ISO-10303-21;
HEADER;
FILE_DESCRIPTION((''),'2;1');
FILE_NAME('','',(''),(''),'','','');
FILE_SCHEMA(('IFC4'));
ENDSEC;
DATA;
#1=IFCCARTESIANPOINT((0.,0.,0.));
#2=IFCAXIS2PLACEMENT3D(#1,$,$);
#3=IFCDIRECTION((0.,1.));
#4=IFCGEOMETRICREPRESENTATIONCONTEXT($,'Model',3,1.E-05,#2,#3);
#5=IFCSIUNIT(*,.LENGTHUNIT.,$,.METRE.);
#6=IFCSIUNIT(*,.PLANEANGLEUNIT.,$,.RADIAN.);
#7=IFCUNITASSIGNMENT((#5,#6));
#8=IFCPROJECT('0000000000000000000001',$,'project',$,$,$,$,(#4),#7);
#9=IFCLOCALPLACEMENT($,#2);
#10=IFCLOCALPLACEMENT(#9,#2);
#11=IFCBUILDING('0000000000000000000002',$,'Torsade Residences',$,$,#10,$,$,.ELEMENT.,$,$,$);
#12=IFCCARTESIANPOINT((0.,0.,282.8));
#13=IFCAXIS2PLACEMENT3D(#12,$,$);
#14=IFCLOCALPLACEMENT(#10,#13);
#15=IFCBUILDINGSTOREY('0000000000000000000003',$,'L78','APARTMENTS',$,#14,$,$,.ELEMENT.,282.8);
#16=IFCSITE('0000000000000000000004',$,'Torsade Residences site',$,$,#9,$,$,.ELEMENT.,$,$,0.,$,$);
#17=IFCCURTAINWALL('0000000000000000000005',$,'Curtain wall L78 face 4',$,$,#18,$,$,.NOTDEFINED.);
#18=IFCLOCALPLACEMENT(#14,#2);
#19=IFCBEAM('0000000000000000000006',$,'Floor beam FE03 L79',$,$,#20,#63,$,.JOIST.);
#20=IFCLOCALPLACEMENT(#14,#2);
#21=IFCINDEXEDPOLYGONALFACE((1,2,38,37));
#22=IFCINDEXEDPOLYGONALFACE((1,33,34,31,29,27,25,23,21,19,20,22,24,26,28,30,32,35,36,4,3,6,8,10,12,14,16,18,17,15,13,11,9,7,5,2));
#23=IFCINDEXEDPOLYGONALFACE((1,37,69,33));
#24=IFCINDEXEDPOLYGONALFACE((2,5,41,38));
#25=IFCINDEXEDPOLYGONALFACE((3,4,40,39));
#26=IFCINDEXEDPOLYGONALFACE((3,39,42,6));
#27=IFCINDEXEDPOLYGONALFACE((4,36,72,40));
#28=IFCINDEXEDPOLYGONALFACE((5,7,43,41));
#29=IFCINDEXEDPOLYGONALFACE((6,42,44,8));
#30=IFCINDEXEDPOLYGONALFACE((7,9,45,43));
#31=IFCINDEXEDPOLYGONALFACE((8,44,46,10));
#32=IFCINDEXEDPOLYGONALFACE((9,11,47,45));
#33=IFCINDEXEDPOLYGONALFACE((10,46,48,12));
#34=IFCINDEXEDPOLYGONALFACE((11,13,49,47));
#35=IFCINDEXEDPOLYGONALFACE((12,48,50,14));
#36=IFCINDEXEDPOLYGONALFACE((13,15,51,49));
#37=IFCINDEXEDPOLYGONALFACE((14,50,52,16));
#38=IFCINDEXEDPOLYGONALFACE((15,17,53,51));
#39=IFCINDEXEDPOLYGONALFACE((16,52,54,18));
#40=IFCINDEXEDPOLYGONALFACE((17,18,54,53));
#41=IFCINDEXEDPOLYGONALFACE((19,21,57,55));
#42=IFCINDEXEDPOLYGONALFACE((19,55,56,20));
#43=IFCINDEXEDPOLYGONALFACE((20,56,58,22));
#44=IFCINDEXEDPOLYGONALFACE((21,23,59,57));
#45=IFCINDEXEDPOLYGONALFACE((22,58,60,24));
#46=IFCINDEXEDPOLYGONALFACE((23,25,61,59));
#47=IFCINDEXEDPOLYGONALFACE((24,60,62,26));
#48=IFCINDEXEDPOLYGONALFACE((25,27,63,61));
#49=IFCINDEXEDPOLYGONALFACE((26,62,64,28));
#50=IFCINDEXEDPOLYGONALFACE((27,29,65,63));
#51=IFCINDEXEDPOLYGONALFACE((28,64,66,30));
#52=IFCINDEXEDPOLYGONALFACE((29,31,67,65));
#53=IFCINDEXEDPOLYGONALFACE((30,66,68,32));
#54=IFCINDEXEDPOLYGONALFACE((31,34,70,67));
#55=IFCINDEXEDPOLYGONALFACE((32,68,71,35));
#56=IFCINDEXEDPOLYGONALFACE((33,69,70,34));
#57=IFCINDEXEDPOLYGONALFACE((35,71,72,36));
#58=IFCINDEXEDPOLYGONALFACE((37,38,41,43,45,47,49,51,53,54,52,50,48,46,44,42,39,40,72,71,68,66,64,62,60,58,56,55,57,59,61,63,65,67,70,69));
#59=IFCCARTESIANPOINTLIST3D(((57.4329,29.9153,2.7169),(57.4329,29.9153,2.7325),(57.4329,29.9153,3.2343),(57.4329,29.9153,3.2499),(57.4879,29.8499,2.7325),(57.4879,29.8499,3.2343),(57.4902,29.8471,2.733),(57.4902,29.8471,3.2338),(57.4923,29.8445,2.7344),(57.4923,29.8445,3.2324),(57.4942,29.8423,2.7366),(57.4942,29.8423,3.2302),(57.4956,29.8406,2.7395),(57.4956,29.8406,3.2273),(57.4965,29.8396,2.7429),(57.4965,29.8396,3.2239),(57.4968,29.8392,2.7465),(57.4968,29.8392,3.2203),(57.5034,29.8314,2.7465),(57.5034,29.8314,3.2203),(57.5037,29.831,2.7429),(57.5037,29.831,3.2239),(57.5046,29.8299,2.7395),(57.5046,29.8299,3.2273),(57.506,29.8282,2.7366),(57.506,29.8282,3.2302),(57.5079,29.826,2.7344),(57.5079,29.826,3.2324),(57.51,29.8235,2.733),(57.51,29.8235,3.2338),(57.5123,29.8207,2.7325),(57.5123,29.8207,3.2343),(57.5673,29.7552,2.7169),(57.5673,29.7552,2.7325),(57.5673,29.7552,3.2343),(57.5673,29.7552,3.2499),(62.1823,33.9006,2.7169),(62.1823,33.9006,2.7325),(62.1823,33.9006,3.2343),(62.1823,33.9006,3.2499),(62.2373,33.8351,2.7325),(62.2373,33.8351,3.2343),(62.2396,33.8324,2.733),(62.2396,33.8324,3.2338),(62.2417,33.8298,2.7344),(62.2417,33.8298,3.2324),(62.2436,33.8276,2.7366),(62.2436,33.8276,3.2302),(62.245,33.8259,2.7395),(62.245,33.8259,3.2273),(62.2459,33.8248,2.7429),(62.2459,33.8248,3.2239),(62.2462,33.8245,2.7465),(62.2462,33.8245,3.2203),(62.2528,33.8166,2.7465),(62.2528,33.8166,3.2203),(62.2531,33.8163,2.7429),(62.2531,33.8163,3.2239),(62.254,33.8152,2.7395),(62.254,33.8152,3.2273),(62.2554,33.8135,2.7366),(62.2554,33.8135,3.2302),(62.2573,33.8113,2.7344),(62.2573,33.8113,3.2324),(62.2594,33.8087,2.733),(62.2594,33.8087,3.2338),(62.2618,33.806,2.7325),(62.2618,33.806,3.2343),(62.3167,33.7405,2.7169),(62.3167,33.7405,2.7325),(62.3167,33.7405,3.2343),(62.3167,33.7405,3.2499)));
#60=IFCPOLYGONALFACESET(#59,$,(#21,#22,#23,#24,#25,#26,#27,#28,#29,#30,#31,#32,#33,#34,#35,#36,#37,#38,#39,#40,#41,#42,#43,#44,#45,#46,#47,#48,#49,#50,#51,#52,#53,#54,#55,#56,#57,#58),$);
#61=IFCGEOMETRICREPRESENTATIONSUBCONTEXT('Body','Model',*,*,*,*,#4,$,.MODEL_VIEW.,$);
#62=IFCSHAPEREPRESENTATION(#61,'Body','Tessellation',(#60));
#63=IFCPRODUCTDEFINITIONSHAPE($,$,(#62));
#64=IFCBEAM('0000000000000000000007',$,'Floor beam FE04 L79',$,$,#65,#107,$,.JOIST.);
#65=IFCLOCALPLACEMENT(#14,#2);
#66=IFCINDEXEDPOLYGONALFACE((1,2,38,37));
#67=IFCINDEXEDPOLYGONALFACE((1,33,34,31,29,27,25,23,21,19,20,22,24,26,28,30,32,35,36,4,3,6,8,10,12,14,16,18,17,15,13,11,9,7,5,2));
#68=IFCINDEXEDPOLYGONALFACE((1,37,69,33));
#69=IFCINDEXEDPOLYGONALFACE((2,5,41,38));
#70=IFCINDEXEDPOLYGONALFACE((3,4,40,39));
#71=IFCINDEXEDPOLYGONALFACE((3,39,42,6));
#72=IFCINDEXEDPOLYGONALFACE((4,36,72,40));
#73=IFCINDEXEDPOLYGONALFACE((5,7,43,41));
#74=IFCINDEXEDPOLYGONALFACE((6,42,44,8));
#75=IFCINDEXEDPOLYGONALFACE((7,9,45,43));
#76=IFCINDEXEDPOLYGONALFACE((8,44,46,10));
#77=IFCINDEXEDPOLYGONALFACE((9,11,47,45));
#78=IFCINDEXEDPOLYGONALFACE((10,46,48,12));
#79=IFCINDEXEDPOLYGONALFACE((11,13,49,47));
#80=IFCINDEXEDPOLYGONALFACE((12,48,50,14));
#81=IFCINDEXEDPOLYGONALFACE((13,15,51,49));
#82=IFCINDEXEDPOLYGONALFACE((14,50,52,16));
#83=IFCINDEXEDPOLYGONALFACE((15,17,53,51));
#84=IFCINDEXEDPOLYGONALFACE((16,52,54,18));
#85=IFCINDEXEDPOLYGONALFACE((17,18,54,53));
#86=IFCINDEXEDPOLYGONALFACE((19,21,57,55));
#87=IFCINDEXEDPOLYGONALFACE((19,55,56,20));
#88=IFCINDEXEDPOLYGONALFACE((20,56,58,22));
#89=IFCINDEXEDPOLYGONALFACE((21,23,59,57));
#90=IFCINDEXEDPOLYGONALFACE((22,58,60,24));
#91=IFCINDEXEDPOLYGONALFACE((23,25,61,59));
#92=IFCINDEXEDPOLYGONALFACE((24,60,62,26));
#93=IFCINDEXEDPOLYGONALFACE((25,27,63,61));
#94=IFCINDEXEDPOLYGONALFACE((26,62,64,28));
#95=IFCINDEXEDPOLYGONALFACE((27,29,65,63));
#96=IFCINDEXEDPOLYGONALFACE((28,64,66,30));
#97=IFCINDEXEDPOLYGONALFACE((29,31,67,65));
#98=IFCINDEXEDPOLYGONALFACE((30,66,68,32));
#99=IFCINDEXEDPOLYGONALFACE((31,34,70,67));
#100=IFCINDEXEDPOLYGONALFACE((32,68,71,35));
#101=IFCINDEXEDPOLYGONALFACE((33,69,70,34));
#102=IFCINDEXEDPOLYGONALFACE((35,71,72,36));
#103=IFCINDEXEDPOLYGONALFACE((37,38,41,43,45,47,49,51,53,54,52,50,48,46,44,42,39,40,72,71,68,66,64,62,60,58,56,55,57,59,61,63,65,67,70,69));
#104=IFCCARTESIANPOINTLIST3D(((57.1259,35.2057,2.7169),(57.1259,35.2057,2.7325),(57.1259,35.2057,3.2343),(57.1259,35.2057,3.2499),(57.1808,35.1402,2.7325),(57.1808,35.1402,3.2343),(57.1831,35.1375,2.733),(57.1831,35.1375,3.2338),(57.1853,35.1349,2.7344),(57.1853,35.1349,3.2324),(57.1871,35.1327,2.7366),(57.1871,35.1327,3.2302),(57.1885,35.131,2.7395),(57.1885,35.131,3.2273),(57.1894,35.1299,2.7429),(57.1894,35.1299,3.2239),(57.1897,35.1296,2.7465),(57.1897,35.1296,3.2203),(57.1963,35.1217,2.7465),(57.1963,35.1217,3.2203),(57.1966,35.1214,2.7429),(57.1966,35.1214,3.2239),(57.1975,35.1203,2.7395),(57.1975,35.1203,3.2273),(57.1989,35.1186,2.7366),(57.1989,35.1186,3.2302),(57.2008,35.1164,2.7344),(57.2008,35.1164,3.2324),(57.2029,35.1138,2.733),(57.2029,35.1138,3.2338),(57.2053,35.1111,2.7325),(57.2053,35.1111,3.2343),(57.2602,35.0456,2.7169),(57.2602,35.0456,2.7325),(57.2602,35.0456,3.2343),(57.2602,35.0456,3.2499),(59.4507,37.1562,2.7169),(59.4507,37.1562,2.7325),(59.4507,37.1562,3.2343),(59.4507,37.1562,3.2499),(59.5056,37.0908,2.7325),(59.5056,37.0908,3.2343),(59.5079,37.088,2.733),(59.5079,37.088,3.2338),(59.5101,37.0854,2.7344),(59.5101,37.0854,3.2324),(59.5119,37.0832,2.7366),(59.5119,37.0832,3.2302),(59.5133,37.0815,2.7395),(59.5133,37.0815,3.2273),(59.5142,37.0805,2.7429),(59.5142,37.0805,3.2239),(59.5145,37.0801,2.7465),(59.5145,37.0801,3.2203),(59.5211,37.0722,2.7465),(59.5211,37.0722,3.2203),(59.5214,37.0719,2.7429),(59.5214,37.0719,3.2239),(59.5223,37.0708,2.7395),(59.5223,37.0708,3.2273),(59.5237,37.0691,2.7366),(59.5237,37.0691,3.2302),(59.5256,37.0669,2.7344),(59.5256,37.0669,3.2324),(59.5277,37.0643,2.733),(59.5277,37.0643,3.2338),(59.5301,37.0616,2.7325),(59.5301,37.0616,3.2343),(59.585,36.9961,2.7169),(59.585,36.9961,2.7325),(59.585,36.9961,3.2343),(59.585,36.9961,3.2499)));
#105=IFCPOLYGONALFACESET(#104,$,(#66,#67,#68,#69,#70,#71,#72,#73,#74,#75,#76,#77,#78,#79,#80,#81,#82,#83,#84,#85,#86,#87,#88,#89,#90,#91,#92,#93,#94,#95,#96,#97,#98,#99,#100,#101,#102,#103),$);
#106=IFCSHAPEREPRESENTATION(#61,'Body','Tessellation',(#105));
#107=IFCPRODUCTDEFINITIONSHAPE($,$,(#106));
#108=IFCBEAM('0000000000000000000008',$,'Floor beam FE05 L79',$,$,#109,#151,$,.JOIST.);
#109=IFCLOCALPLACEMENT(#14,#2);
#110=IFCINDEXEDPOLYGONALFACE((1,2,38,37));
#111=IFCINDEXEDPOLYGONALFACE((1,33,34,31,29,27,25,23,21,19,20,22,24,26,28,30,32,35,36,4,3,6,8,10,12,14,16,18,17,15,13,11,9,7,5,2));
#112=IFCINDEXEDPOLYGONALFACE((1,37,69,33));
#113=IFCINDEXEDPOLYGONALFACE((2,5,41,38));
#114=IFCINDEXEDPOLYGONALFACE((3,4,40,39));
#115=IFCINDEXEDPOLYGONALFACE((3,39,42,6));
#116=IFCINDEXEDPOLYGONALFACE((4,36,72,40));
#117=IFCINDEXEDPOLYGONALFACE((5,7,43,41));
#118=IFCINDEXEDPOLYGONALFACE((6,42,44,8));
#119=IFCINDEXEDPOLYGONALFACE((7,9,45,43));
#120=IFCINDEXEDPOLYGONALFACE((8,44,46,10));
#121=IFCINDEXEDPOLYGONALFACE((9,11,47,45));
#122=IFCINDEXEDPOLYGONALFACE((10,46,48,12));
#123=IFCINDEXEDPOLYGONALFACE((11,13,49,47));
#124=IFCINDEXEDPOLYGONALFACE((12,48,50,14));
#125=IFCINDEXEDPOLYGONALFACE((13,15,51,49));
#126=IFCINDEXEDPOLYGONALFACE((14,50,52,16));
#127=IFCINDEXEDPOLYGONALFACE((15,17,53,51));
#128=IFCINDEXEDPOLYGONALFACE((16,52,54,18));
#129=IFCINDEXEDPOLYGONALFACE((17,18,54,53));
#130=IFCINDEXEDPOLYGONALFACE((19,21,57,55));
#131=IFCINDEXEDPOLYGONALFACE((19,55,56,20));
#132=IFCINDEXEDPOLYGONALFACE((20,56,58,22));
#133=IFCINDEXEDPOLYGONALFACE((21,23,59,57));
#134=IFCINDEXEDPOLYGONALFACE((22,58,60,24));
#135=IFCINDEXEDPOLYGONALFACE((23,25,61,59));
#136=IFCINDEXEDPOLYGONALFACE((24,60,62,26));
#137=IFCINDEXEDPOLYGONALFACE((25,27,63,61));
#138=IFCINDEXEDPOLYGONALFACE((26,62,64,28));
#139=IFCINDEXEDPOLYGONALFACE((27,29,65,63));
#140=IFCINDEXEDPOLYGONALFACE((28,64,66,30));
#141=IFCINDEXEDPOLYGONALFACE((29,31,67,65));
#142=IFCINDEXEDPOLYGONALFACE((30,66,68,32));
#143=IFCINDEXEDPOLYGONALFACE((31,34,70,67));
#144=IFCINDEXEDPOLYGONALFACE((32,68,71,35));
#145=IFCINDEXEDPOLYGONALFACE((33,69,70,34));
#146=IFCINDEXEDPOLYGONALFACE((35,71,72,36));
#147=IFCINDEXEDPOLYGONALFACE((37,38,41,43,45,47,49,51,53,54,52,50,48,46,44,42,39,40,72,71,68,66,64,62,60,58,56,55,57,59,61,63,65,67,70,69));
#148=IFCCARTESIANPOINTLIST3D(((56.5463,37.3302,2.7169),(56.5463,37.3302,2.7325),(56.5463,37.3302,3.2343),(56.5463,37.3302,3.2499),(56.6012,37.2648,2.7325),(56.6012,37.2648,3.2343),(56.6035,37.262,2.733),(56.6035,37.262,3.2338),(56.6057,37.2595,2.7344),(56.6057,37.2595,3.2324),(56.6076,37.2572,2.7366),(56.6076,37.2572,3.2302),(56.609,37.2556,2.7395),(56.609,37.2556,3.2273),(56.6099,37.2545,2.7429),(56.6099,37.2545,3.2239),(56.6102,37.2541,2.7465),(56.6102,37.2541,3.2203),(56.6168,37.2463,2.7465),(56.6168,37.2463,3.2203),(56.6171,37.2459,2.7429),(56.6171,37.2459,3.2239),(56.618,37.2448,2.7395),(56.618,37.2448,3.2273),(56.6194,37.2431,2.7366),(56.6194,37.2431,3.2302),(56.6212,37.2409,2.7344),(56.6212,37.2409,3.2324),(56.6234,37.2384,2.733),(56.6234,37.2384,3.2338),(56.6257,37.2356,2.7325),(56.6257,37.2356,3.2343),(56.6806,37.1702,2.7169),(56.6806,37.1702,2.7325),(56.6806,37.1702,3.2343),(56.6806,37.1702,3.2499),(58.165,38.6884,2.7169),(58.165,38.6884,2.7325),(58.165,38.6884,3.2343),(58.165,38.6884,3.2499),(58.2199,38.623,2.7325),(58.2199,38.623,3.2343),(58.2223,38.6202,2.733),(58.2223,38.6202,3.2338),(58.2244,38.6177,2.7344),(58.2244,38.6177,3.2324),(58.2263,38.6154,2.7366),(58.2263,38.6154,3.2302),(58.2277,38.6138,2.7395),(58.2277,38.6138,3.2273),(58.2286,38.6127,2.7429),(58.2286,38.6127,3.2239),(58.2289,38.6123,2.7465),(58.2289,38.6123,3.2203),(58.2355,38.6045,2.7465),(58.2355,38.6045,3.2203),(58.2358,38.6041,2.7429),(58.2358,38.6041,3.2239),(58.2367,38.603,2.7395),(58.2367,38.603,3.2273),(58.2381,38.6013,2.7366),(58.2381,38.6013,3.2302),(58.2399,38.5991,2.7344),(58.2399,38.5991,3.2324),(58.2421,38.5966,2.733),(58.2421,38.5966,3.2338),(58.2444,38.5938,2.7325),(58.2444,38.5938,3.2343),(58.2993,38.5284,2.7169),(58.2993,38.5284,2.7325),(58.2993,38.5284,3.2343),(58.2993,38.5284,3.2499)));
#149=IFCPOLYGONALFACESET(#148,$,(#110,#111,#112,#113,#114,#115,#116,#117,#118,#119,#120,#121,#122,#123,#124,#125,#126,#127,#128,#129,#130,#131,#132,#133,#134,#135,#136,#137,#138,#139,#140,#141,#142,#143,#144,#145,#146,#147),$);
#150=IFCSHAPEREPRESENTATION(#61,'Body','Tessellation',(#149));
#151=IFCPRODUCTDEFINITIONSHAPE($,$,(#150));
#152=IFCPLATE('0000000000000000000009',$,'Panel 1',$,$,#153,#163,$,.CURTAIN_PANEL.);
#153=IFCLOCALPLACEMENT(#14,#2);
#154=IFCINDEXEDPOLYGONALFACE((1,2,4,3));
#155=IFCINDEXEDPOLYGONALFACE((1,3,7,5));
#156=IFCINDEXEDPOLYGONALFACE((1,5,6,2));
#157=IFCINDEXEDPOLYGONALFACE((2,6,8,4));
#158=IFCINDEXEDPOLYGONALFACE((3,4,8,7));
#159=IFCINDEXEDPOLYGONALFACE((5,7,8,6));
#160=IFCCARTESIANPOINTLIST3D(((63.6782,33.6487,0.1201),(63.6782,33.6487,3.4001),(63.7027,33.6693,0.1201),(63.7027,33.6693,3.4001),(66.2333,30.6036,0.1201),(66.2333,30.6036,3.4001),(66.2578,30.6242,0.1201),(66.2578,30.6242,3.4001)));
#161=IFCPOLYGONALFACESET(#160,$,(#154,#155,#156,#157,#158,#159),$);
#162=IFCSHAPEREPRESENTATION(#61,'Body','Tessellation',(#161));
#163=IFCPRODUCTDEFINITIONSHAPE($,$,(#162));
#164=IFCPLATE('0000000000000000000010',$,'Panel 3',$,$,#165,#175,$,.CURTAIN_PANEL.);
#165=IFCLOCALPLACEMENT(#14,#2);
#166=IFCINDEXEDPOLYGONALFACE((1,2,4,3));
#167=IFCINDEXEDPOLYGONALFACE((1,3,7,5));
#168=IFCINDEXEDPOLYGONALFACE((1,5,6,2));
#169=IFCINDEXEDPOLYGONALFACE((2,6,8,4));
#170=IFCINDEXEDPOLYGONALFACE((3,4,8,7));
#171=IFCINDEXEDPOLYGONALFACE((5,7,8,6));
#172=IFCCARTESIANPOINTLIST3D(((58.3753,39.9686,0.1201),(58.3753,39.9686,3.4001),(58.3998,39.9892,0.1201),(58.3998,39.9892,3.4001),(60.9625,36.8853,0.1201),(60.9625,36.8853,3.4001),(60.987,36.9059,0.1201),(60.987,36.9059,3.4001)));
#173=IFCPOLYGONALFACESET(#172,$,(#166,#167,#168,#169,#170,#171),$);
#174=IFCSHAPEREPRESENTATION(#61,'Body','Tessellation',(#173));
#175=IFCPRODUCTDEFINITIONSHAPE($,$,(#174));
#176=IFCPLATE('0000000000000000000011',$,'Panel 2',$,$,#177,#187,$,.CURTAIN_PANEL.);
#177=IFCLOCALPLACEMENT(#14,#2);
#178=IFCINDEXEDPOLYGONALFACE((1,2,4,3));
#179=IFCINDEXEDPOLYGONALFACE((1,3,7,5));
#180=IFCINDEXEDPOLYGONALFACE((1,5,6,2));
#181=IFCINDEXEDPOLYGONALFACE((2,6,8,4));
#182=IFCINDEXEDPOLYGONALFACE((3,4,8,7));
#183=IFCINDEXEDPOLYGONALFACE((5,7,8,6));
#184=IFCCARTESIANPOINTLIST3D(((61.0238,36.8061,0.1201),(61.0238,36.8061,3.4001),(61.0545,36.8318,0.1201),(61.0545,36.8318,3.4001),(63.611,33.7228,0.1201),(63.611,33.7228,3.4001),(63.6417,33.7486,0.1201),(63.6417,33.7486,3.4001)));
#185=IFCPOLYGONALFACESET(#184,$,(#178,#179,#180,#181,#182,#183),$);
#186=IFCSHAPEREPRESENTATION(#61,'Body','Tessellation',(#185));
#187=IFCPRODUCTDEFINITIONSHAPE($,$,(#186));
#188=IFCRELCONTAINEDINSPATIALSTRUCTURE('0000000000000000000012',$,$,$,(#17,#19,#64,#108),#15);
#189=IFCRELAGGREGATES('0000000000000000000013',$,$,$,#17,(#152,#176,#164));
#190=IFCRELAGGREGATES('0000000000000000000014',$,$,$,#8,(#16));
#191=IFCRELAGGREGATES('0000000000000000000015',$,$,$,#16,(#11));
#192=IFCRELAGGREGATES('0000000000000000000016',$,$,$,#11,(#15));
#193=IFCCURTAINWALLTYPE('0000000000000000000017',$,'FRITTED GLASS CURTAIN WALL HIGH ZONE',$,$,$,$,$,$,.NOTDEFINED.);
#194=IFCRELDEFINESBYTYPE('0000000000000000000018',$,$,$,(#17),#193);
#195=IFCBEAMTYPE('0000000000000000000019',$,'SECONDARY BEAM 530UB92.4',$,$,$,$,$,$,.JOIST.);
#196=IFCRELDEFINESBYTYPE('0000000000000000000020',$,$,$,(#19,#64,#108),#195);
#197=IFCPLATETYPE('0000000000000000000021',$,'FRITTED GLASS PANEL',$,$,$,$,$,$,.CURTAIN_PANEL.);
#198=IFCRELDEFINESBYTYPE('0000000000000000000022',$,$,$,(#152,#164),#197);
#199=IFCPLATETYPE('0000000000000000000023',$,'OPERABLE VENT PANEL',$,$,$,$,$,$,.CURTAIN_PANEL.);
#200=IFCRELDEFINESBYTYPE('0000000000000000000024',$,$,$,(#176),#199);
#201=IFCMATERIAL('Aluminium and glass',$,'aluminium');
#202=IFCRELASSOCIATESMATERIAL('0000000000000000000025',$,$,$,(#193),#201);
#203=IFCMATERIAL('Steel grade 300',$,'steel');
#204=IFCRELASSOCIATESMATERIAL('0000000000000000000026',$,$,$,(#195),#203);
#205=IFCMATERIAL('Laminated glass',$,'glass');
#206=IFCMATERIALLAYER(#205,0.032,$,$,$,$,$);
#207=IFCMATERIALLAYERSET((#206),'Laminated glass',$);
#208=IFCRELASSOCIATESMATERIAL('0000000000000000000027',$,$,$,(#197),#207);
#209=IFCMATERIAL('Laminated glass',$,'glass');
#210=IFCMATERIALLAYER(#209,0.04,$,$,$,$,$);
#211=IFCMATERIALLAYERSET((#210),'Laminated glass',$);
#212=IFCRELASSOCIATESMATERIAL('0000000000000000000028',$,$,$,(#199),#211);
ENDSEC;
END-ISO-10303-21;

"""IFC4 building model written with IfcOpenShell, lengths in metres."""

from ifc_helpers import new_model, si_unit, direction, frame, origin, origin_2d, place, context, subcontext, project, spatial, rectangle, i_section, extrude, material, layer, layer_set, material_profile, profile_set, type_object, element, aggregate, save


model = new_model("IFC4")

# Units and contexts
model_context = context("Model", 3, precision=1e-05, world=origin(), true_north=direction((0.0, 1.0)))
body_context = subcontext(model_context, "Body", "Model", "MODEL_VIEW")
ifc_project = project(units=[si_unit("LENGTHUNIT", "METRE"), si_unit("PLANEANGLEUNIT", "RADIAN")], contexts=[model_context])

# Site, building, storey
site_placement = place(None, origin())
site = spatial("IfcSite", under=ifc_project, at=site_placement, Name="Torsade Residences site", CompositionType="ELEMENT", RefElevation=0.0)
building_placement = place(site_placement, origin())
building = spatial("IfcBuilding", under=site, at=building_placement, Name="Torsade Residences", CompositionType="ELEMENT")
storey_placement = place(building_placement, frame((0.0, 0.0, 282.8)))
storey = spatial("IfcBuildingStorey", under=building, at=storey_placement, Name="L78", Description="APARTMENTS", CompositionType="ELEMENT", Elevation=282.8)

# Curtain wall
ifc_material_1 = material(Name="Aluminium and glass", Category="aluminium")
curtain_wall_type = type_object("IfcCurtainWallType", Name="FRITTED GLASS CURTAIN WALL HIGH ZONE", PredefinedType="NOTDEFINED", material=ifc_material_1)
curtain_wall_placement = place(storey_placement, origin())
curtain_wall = element("IfcCurtainWall", 1, at=curtain_wall_placement, inside=storey, type_object=curtain_wall_type, Name="Curtain wall L78 face 4", PredefinedType="NOTDEFINED")

# Beams
ifc_material_2 = material(Name="Steel grade 300", Category="steel")
ifc_material_profile_1 = material_profile(ifc_material_2, i_section(OverallWidth=0.209, OverallDepth=0.533, WebThickness=0.0103, FlangeThickness=0.0156, FilletRadius=0.0139, at=origin_2d()), Name="530UB92.4")
ifc_profile_set_1 = profile_set([ifc_material_profile_1], Name="Steel grade 300")
beam_type_1 = type_object("IfcBeamType", Name="SECONDARY BEAM 530UB92.4", PredefinedType="JOIST", material=ifc_profile_set_1)
beam_1_placement = place(storey_placement, frame((62.2495, 33.8206, 2.9834), z_axis=(-0.766041, -0.642791, 0.0), x_axis=(0.642791, -0.766041, 0.0)))
element("IfcBeam", 2, at=beam_1_placement, inside=storey, type_object=beam_type_1, Name="Floor beam FE03 L79", PredefinedType="JOIST", context=body_context, shape_type="SweptSolid", body=[
    extrude(i_section(OverallWidth=0.209, OverallDepth=0.533, WebThickness=0.0103, FlangeThickness=0.0156, FilletRadius=0.0139, at=origin_2d()), origin(), (0.0, 0.0, 1.0), 6.2),
])
beam_2_placement = place(storey_placement, frame((59.5178, 37.0762, 2.9834), z_axis=(-0.76608, -0.642745, 0.0), x_axis=(0.642745, -0.76608, 0.0)))
element("IfcBeam", 3, at=beam_2_placement, inside=storey, type_object=beam_type_1, Name="Floor beam FE04 L79", PredefinedType="JOIST", context=body_context, shape_type="SweptSolid", body=[
    extrude(i_section(OverallWidth=0.209, OverallDepth=0.533, WebThickness=0.0103, FlangeThickness=0.0156, FilletRadius=0.0139, at=origin_2d()), origin(), (0.0, 0.0, 1.0), 3.0347),
])
beam_3_placement = place(storey_placement, frame((58.2322, 38.6084, 2.9834), z_axis=(-0.766058, -0.642772, 0.0), x_axis=(0.642772, -0.766058, 0.0)))
element("IfcBeam", 4, at=beam_3_placement, inside=storey, type_object=beam_type_1, Name="Floor beam FE05 L79", PredefinedType="JOIST", context=body_context, shape_type="SweptSolid", body=[
    extrude(i_section(OverallWidth=0.209, OverallDepth=0.533, WebThickness=0.0103, FlangeThickness=0.0156, FilletRadius=0.0139, at=origin_2d()), origin(), (0.0, 0.0, 1.0), 2.113),
])

# Plates
ifc_material_3 = material(Name="Laminated glass", Category="glass")
ifc_layer_1 = layer(ifc_material_3, 0.032)
ifc_layer_set_1 = layer_set([ifc_layer_1], Name="Laminated glass")
plate_type_1 = type_object("IfcPlateType", Name="FRITTED GLASS PANEL", PredefinedType="CURTAIN_PANEL", material=ifc_layer_set_1)
plate_1_placement = place(storey_placement, frame((64.968, 32.1365, 0.1201), z_axis=(0.0, 0.0, 1.0), x_axis=(-0.642788, 0.766044, 0.0)))
plate_1 = element("IfcPlate", 5, at=plate_1_placement, type_object=plate_type_1, Name="Panel 1", PredefinedType="CURTAIN_PANEL", context=body_context, shape_type="SweptSolid", body=[
    extrude(rectangle(XDim=3.9751, YDim=0.032, at=origin_2d()), origin(), (0.0, 0.0, 1.0), 3.28),
])
plate_2_placement = place(storey_placement, frame((59.6812, 38.4373, 0.1201), z_axis=(0.0, 0.0, 1.0), x_axis=(-0.642788, 0.766044, 0.0)))
plate_2 = element("IfcPlate", 6, at=plate_2_placement, type_object=plate_type_1, Name="Panel 3", PredefinedType="CURTAIN_PANEL", context=body_context, shape_type="SweptSolid", body=[
    extrude(rectangle(XDim=4.0249, YDim=0.032, at=origin_2d()), origin(), (0.0, 0.0, 1.0), 3.28),
])
ifc_material_4 = material(Name="Laminated glass", Category="glass")
ifc_layer_2 = layer(ifc_material_4, 0.04)
ifc_layer_set_2 = layer_set([ifc_layer_2], Name="Laminated glass")
plate_type_2 = type_object("IfcPlateType", Name="OPERABLE VENT PANEL", PredefinedType="CURTAIN_PANEL", material=ifc_layer_set_2)
plate_3_placement = place(storey_placement, frame((62.3328, 35.2773, 0.1201), z_axis=(0.0, 0.0, 1.0), x_axis=(-0.642788, 0.766044, 0.0)))
plate_3 = element("IfcPlate", 7, at=plate_3_placement, type_object=plate_type_2, Name="Panel 2", PredefinedType="CURTAIN_PANEL", context=body_context, shape_type="SweptSolid", body=[
    extrude(rectangle(XDim=4.0249, YDim=0.04, at=origin_2d()), origin(), (0.0, 0.0, 1.0), 3.28),
])
aggregate(curtain_wall, [plate_1, plate_3, plate_2])

save(model, "model.ifc")
